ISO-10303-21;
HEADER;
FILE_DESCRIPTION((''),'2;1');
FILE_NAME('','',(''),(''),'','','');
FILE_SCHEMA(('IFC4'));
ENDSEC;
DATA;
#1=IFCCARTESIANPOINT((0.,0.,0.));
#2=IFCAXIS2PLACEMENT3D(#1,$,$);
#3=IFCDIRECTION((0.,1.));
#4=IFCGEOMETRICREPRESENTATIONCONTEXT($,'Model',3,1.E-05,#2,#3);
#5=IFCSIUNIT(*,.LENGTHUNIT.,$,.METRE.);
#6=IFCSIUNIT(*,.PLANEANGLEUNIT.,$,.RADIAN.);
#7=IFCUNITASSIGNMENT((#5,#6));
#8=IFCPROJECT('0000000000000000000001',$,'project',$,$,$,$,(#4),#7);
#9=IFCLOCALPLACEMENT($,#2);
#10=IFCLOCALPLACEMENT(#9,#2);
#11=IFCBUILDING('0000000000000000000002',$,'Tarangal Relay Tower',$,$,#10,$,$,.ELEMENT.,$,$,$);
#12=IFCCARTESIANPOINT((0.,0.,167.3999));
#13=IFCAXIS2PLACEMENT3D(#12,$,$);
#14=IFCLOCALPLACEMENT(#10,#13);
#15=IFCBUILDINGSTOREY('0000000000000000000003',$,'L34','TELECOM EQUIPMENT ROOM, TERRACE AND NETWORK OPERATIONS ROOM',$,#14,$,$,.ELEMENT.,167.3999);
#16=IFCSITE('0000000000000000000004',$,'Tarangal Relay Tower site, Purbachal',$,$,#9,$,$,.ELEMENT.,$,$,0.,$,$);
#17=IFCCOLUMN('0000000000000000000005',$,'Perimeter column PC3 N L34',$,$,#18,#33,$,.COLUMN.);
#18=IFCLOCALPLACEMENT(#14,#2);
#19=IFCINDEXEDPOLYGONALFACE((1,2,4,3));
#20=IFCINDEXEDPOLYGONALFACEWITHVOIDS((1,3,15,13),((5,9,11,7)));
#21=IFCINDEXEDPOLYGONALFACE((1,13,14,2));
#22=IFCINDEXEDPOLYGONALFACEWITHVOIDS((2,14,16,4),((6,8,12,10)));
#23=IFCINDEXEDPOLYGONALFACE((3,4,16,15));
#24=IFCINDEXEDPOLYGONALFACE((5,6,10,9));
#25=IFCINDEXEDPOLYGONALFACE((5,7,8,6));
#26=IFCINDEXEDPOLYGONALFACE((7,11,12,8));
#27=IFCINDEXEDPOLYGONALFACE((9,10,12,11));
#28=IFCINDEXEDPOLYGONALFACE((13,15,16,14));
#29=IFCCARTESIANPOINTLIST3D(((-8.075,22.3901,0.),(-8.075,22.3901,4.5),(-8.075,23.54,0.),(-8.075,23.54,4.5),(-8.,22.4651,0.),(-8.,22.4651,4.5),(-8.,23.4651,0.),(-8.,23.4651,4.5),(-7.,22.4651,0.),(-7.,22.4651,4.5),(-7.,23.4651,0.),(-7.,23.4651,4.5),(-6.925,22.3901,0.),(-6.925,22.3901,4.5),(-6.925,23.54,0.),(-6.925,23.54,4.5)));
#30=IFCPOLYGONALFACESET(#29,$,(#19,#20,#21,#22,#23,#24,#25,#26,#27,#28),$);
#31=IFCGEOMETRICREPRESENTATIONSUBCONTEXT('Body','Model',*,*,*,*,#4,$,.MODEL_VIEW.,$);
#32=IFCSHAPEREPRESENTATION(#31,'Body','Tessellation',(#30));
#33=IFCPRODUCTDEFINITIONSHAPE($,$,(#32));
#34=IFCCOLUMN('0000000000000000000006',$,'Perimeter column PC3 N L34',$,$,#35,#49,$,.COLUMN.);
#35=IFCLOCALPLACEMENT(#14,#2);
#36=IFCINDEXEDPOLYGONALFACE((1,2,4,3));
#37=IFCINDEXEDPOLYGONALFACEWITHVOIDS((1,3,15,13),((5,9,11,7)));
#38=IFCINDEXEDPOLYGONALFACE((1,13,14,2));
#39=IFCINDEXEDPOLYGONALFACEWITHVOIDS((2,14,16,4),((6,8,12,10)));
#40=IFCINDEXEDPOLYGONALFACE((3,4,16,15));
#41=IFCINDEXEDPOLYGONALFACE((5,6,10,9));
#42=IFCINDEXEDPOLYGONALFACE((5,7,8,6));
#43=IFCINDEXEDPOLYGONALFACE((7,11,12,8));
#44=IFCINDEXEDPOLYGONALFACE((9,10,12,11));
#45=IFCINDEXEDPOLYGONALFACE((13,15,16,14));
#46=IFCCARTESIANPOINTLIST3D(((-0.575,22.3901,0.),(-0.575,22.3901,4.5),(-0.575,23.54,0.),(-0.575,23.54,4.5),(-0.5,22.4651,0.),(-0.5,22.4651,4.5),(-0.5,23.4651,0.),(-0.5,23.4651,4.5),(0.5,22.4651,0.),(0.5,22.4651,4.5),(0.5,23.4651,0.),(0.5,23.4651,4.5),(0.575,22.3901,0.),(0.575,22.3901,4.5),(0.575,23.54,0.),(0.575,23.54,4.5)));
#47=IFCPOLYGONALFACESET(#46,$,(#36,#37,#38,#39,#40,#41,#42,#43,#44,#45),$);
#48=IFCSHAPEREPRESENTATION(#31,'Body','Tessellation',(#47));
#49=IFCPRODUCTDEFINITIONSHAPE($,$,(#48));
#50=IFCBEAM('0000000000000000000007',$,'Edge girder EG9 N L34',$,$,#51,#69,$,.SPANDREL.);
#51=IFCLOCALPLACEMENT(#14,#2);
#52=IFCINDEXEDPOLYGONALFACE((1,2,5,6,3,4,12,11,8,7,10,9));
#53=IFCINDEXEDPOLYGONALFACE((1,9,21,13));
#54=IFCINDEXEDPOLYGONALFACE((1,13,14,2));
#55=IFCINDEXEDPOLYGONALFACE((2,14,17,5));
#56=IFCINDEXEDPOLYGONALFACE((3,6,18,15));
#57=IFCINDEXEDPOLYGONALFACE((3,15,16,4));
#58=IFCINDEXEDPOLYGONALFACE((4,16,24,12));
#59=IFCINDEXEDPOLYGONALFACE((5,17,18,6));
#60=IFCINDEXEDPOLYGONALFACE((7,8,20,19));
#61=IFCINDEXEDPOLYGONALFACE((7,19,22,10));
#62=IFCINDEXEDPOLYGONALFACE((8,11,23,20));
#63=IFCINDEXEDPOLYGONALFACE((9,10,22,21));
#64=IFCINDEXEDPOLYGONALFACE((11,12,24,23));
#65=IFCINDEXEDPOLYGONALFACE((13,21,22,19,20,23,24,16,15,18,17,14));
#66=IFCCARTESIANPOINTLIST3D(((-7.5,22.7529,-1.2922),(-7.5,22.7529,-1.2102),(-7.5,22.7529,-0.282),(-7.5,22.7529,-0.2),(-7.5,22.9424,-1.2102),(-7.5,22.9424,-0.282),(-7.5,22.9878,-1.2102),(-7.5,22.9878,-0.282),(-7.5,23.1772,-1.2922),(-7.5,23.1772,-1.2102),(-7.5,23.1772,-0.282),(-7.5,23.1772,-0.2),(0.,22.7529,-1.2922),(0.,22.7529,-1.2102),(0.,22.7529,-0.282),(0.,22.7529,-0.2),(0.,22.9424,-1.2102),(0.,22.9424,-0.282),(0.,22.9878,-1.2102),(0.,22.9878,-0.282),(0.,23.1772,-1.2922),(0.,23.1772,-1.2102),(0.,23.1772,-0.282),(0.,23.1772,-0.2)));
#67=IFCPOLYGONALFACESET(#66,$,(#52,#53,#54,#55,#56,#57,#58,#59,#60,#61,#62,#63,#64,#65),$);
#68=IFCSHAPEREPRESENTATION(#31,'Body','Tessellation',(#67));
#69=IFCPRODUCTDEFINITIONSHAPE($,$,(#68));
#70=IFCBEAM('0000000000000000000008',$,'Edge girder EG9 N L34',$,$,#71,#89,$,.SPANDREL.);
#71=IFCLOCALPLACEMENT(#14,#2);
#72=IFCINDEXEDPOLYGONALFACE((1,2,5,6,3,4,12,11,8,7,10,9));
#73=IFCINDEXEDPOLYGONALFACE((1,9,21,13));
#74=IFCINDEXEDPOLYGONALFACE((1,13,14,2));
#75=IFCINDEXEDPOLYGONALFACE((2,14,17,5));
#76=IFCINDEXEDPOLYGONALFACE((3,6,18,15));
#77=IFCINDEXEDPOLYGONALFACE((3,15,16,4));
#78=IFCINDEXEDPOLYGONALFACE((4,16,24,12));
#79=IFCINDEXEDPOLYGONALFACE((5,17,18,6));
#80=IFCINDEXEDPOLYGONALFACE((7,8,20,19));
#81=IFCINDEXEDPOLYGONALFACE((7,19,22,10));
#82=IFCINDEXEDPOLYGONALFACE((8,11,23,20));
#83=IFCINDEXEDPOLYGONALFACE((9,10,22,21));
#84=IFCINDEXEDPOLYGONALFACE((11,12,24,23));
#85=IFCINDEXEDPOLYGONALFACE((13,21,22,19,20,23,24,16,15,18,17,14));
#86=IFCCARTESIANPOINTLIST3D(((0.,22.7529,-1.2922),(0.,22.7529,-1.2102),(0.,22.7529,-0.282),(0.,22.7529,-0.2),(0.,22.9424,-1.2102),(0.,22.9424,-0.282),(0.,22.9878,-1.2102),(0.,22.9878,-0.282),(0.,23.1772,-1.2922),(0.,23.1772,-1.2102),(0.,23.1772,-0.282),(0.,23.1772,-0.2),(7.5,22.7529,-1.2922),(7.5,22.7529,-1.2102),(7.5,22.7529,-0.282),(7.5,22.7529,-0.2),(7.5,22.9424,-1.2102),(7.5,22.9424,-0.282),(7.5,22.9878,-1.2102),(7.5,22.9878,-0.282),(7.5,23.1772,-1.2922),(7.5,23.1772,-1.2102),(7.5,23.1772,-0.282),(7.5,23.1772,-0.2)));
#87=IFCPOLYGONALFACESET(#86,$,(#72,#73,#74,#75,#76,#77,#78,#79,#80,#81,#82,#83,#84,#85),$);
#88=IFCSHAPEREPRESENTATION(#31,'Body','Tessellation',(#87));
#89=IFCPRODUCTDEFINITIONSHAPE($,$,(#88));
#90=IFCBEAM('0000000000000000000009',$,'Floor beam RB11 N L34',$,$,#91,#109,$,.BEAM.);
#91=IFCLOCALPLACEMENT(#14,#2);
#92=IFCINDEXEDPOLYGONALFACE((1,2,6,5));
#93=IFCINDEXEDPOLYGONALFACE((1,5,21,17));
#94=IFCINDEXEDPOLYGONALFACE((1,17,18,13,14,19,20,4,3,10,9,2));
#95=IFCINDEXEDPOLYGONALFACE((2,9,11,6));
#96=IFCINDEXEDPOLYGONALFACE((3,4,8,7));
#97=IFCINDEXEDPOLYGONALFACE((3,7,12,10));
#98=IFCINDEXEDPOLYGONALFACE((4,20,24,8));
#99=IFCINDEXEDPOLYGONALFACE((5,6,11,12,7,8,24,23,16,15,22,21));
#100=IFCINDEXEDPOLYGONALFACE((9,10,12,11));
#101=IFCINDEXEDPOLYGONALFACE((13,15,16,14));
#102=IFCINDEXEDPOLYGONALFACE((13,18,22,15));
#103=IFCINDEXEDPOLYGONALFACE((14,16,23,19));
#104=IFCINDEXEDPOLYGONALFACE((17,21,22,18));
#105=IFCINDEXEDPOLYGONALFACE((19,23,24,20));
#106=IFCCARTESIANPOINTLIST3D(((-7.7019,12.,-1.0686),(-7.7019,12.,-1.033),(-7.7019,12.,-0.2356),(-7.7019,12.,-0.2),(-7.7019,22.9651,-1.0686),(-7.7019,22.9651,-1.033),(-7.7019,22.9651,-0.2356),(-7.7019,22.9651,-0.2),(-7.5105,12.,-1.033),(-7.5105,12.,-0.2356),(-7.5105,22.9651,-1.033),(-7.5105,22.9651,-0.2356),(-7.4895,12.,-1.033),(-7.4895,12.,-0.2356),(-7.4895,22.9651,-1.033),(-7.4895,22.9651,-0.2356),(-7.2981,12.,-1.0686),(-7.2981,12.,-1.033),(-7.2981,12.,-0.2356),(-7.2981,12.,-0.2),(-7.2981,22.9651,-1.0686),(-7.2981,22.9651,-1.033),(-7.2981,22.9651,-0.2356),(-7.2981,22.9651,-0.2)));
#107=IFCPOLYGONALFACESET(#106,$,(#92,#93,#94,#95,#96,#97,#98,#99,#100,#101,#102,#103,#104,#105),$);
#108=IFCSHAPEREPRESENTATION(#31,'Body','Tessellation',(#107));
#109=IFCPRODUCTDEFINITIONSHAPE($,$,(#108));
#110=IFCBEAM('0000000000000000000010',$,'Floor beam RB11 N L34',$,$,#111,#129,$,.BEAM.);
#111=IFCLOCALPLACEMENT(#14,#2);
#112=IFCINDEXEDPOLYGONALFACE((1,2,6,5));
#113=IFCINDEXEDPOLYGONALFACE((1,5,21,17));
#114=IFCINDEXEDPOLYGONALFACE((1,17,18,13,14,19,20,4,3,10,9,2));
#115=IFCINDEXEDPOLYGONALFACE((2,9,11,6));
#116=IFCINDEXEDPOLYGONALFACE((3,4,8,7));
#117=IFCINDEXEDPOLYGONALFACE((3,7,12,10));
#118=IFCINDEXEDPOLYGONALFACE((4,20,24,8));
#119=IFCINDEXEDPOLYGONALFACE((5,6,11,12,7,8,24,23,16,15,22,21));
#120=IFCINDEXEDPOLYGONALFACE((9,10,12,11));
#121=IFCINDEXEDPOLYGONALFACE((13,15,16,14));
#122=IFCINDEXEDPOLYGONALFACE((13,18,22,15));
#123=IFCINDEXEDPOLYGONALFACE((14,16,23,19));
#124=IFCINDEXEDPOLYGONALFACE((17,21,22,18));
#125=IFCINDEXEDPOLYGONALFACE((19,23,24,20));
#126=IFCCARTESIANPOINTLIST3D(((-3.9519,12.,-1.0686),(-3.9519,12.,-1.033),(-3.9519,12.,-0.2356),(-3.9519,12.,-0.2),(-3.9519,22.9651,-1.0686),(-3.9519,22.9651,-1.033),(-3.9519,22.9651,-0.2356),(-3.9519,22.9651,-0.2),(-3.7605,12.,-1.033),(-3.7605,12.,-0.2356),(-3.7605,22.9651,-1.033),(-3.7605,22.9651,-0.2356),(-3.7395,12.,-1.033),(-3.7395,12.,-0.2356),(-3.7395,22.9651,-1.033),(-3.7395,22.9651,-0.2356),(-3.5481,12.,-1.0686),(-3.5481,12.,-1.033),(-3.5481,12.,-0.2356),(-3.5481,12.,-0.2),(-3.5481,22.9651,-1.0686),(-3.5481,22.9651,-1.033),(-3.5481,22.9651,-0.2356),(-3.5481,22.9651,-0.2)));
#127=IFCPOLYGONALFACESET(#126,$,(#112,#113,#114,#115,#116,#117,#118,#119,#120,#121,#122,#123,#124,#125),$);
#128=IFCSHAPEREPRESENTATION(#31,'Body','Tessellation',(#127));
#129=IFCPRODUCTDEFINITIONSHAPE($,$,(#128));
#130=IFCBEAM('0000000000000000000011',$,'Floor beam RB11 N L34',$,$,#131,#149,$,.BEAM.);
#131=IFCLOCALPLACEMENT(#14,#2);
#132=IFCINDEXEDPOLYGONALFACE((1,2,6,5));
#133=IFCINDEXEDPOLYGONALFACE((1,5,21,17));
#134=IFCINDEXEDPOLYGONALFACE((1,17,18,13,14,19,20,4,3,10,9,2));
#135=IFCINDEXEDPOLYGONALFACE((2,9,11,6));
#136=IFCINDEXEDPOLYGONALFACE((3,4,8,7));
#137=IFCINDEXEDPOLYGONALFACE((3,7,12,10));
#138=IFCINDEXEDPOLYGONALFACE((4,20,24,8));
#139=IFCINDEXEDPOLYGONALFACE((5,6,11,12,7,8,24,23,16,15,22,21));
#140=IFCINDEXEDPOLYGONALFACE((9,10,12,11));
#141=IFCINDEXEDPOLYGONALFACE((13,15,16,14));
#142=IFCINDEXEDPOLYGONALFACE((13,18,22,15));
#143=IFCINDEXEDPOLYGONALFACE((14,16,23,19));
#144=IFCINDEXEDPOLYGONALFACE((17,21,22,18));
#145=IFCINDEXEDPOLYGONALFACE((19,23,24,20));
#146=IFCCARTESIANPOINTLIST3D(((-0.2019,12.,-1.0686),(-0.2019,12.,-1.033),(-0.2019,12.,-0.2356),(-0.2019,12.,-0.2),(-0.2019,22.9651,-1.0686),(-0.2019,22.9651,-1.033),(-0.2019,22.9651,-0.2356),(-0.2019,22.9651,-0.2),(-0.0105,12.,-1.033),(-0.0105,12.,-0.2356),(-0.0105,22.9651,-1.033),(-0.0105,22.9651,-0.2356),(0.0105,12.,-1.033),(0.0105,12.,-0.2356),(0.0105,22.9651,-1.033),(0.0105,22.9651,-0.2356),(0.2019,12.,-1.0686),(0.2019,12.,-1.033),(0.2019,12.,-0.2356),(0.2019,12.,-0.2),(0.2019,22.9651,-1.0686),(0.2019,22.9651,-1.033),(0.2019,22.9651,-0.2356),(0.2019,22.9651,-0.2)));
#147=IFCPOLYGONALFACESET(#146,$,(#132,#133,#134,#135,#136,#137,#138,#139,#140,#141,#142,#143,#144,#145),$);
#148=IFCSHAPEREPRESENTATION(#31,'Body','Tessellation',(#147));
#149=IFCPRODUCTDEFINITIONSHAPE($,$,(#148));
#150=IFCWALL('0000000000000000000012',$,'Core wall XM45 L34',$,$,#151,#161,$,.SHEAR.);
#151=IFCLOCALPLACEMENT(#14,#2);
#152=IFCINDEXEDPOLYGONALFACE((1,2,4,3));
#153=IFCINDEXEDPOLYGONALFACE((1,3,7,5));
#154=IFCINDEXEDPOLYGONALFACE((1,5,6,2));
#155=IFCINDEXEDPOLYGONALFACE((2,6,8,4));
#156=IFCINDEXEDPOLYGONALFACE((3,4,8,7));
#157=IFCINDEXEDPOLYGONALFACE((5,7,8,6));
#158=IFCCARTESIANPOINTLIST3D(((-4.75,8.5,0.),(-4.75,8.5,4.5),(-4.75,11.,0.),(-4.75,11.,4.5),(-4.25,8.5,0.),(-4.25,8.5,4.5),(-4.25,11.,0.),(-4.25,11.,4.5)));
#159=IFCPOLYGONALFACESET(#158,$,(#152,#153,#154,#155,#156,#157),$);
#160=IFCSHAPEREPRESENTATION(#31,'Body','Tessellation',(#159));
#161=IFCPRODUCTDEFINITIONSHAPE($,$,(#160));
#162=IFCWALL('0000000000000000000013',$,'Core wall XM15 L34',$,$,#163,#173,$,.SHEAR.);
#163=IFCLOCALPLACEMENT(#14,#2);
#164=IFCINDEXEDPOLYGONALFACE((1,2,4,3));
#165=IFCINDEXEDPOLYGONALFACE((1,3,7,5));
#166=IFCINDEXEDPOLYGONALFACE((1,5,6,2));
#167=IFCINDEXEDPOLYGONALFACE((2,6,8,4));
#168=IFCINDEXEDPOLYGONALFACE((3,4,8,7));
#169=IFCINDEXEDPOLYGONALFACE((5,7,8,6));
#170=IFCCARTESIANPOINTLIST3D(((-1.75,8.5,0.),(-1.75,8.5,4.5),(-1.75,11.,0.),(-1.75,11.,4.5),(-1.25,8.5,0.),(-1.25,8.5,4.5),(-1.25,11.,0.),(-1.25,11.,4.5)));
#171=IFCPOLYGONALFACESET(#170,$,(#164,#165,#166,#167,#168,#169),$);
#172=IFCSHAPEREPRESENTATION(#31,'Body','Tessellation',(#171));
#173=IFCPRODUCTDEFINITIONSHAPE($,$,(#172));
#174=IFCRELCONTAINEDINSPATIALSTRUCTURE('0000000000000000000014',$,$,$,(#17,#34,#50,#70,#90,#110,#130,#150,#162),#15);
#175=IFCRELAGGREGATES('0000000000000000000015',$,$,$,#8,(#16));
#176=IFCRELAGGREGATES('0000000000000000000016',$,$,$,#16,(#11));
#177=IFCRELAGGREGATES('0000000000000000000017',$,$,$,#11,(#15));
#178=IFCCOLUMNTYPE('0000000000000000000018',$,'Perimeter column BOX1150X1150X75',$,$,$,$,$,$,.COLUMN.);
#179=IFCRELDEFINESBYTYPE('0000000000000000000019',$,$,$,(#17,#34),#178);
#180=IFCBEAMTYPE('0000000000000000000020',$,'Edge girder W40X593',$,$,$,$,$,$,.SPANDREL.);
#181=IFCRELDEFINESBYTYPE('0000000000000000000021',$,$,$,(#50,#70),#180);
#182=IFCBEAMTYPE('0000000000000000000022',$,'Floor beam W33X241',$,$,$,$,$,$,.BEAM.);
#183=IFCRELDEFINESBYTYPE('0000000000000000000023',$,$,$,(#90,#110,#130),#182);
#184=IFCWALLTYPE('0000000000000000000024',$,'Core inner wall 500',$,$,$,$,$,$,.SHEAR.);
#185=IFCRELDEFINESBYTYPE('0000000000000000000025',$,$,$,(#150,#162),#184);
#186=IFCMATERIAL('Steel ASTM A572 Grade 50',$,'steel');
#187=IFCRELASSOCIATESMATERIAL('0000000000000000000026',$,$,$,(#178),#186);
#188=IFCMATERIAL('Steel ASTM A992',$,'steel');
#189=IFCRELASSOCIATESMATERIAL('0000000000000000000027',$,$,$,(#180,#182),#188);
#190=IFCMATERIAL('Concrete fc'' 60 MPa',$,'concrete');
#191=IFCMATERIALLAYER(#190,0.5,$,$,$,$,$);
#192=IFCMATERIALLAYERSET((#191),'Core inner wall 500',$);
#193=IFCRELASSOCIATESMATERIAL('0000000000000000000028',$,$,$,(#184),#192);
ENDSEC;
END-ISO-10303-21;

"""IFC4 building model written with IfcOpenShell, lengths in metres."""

from ifc_helpers import new_model, si_unit, direction, frame, frame_2d, origin, origin_2d, place, context, subcontext, project, spatial, rectangle, hollow_rectangle, i_section, extrude, material, layer, layer_set, material_profile, profile_set, type_object, element, save


model = new_model("IFC4")

# Units and contexts
model_context = context("Model", 3, precision=1e-05, world=origin(), true_north=direction((0.0, 1.0)))
body_context = subcontext(model_context, "Body", "Model", "MODEL_VIEW")
ifc_project = project(units=[si_unit("LENGTHUNIT", "METRE"), si_unit("PLANEANGLEUNIT", "RADIAN")], contexts=[model_context])

# Site, building, storey
site_placement = place(None, origin())
site = spatial("IfcSite", under=ifc_project, at=site_placement, Name="Tarangal Relay Tower site, Purbachal", CompositionType="ELEMENT", RefElevation=0.0)
building_placement = place(site_placement, origin())
building = spatial("IfcBuilding", under=site, at=building_placement, Name="Tarangal Relay Tower", CompositionType="ELEMENT")
storey_placement = place(building_placement, frame((0.0, 0.0, 167.3999)))
storey = spatial("IfcBuildingStorey", under=building, at=storey_placement, Name="L34", Description="TELECOM EQUIPMENT ROOM, TERRACE AND NETWORK OPERATIONS ROOM", CompositionType="ELEMENT", Elevation=167.3999)

# Columns
ifc_material_1 = material(Name="Steel ASTM A572 Grade 50", Category="steel")
ifc_material_profile_1 = material_profile(ifc_material_1, hollow_rectangle(XDim=1.1499, YDim=1.1499, WallThickness=0.075, at=origin_2d()), Name="BOX1150X1150X75")
ifc_profile_set_1 = profile_set([ifc_material_profile_1], Name="Steel ASTM A572 Grade 50")
column_type = type_object("IfcColumnType", Name="Perimeter column BOX1150X1150X75", PredefinedType="COLUMN", material=ifc_profile_set_1)
for number, where, z_axis, x_axis, name in (
    (1, (-7.5, 22.9651, 0.0), (0.0, 0.0, 1.0), (1.0, 0.0, 0.0), "Perimeter column PC3 N L34"),
    (2, (0.0, 22.9651, 0.0), (0.0, 0.0, 1.0), (1.0, 0.0, 0.0), "Perimeter column PC3 N L34"),
):
    element("IfcColumn", number, at=place(storey_placement, frame(where, z_axis=z_axis, x_axis=x_axis)), inside=storey, type_object=column_type, Name=name, PredefinedType="COLUMN", context=body_context, shape_type="SweptSolid", body=[
        extrude(hollow_rectangle(XDim=1.1499, YDim=1.1499, WallThickness=0.075, at=origin_2d()), origin(), (0.0, 0.0, 1.0), 4.5),
    ])

# Beams
ifc_material_2 = material(Name="Steel ASTM A992", Category="steel")
ifc_material_profile_2 = material_profile(ifc_material_2, i_section(OverallWidth=0.4243, OverallDepth=1.0923, WebThickness=0.0454, FlangeThickness=0.082, at=origin_2d()), Name="W40X593")
ifc_profile_set_2 = profile_set([ifc_material_profile_2], Name="Steel ASTM A992")
beam_type_1 = type_object("IfcBeamType", Name="Edge girder W40X593", PredefinedType="SPANDREL", material=ifc_profile_set_2)
for number, where, z_axis, x_axis, name in (
    (3, (-7.5, 22.9651, -0.7461), (1.0, 0.0, 0.0), (0.0, 1.0, 0.0), "Edge girder EG9 N L34"),
    (4, (0.0, 22.9651, -0.7461), (1.0, 0.0, 0.0), (0.0, 1.0, 0.0), "Edge girder EG9 N L34"),
):
    element("IfcBeam", number, at=place(storey_placement, frame(where, z_axis=z_axis, x_axis=x_axis)), inside=storey, type_object=beam_type_1, Name=name, PredefinedType="SPANDREL", context=body_context, shape_type="SweptSolid", body=[
        extrude(i_section(OverallWidth=0.4243, OverallDepth=1.0923, WebThickness=0.0454, FlangeThickness=0.082, at=origin_2d()), origin(), (0.0, 0.0, 1.0), 7.5),
    ])
ifc_material_profile_3 = material_profile(ifc_material_2, i_section(OverallWidth=0.4038, OverallDepth=0.8687, WebThickness=0.021, FlangeThickness=0.0356, at=origin_2d()), Name="W33X241")
ifc_profile_set_3 = profile_set([ifc_material_profile_3], Name="Steel ASTM A992")
beam_type_2 = type_object("IfcBeamType", Name="Floor beam W33X241", PredefinedType="BEAM", material=ifc_profile_set_3)
for number, where, z_axis, x_axis, name in (
    (5, (-7.5, 12.0, -0.6343), (0.0, 1.0, 0.0), (-1.0, 0.0, 0.0), "Floor beam RB11 N L34"),
    (6, (-3.75, 12.0, -0.6343), (0.0, 1.0, 0.0), (-1.0, 0.0, 0.0), "Floor beam RB11 N L34"),
    (7, (0.0, 12.0, -0.6343), (0.0, 1.0, 0.0), (-1.0, 0.0, 0.0), "Floor beam RB11 N L34"),
):
    element("IfcBeam", number, at=place(storey_placement, frame(where, z_axis=z_axis, x_axis=x_axis)), inside=storey, type_object=beam_type_2, Name=name, PredefinedType="BEAM", context=body_context, shape_type="SweptSolid", body=[
        extrude(i_section(OverallWidth=0.4038, OverallDepth=0.8687, WebThickness=0.021, FlangeThickness=0.0356, at=origin_2d()), origin(), (0.0, 0.0, 1.0), 10.9651),
    ])

# Shared definitions
ifc_material_3 = material(Name="Concrete fc' 60 MPa", Category="concrete")
ifc_layer = layer(ifc_material_3, 0.5)
ifc_layer_set = layer_set([ifc_layer], Name="Core inner wall 500")
wall_type = type_object("IfcWallType", Name="Core inner wall 500", PredefinedType="SHEAR", material=ifc_layer_set)

# Walls
for number, where, z_axis, x_axis, name in (
    (8, (-4.5, 8.5, 0.0), (0.0, 0.0, 1.0), (0.0, 1.0, 0.0), "Core wall XM45 L34"),
    (9, (-1.5, 8.5, 0.0), (0.0, 0.0, 1.0), (0.0, 1.0, 0.0), "Core wall XM15 L34"),
):
    element("IfcWall", number, at=place(storey_placement, frame(where, z_axis=z_axis, x_axis=x_axis)), inside=storey, type_object=wall_type, Name=name, PredefinedType="SHEAR", context=body_context, shape_type="SweptSolid", body=[
        extrude(rectangle(XDim=2.5, YDim=0.5, at=frame_2d((1.25, 0.0))), origin(), (0.0, 0.0, 1.0), 4.5),
    ])

save(model, "model.ifc")
